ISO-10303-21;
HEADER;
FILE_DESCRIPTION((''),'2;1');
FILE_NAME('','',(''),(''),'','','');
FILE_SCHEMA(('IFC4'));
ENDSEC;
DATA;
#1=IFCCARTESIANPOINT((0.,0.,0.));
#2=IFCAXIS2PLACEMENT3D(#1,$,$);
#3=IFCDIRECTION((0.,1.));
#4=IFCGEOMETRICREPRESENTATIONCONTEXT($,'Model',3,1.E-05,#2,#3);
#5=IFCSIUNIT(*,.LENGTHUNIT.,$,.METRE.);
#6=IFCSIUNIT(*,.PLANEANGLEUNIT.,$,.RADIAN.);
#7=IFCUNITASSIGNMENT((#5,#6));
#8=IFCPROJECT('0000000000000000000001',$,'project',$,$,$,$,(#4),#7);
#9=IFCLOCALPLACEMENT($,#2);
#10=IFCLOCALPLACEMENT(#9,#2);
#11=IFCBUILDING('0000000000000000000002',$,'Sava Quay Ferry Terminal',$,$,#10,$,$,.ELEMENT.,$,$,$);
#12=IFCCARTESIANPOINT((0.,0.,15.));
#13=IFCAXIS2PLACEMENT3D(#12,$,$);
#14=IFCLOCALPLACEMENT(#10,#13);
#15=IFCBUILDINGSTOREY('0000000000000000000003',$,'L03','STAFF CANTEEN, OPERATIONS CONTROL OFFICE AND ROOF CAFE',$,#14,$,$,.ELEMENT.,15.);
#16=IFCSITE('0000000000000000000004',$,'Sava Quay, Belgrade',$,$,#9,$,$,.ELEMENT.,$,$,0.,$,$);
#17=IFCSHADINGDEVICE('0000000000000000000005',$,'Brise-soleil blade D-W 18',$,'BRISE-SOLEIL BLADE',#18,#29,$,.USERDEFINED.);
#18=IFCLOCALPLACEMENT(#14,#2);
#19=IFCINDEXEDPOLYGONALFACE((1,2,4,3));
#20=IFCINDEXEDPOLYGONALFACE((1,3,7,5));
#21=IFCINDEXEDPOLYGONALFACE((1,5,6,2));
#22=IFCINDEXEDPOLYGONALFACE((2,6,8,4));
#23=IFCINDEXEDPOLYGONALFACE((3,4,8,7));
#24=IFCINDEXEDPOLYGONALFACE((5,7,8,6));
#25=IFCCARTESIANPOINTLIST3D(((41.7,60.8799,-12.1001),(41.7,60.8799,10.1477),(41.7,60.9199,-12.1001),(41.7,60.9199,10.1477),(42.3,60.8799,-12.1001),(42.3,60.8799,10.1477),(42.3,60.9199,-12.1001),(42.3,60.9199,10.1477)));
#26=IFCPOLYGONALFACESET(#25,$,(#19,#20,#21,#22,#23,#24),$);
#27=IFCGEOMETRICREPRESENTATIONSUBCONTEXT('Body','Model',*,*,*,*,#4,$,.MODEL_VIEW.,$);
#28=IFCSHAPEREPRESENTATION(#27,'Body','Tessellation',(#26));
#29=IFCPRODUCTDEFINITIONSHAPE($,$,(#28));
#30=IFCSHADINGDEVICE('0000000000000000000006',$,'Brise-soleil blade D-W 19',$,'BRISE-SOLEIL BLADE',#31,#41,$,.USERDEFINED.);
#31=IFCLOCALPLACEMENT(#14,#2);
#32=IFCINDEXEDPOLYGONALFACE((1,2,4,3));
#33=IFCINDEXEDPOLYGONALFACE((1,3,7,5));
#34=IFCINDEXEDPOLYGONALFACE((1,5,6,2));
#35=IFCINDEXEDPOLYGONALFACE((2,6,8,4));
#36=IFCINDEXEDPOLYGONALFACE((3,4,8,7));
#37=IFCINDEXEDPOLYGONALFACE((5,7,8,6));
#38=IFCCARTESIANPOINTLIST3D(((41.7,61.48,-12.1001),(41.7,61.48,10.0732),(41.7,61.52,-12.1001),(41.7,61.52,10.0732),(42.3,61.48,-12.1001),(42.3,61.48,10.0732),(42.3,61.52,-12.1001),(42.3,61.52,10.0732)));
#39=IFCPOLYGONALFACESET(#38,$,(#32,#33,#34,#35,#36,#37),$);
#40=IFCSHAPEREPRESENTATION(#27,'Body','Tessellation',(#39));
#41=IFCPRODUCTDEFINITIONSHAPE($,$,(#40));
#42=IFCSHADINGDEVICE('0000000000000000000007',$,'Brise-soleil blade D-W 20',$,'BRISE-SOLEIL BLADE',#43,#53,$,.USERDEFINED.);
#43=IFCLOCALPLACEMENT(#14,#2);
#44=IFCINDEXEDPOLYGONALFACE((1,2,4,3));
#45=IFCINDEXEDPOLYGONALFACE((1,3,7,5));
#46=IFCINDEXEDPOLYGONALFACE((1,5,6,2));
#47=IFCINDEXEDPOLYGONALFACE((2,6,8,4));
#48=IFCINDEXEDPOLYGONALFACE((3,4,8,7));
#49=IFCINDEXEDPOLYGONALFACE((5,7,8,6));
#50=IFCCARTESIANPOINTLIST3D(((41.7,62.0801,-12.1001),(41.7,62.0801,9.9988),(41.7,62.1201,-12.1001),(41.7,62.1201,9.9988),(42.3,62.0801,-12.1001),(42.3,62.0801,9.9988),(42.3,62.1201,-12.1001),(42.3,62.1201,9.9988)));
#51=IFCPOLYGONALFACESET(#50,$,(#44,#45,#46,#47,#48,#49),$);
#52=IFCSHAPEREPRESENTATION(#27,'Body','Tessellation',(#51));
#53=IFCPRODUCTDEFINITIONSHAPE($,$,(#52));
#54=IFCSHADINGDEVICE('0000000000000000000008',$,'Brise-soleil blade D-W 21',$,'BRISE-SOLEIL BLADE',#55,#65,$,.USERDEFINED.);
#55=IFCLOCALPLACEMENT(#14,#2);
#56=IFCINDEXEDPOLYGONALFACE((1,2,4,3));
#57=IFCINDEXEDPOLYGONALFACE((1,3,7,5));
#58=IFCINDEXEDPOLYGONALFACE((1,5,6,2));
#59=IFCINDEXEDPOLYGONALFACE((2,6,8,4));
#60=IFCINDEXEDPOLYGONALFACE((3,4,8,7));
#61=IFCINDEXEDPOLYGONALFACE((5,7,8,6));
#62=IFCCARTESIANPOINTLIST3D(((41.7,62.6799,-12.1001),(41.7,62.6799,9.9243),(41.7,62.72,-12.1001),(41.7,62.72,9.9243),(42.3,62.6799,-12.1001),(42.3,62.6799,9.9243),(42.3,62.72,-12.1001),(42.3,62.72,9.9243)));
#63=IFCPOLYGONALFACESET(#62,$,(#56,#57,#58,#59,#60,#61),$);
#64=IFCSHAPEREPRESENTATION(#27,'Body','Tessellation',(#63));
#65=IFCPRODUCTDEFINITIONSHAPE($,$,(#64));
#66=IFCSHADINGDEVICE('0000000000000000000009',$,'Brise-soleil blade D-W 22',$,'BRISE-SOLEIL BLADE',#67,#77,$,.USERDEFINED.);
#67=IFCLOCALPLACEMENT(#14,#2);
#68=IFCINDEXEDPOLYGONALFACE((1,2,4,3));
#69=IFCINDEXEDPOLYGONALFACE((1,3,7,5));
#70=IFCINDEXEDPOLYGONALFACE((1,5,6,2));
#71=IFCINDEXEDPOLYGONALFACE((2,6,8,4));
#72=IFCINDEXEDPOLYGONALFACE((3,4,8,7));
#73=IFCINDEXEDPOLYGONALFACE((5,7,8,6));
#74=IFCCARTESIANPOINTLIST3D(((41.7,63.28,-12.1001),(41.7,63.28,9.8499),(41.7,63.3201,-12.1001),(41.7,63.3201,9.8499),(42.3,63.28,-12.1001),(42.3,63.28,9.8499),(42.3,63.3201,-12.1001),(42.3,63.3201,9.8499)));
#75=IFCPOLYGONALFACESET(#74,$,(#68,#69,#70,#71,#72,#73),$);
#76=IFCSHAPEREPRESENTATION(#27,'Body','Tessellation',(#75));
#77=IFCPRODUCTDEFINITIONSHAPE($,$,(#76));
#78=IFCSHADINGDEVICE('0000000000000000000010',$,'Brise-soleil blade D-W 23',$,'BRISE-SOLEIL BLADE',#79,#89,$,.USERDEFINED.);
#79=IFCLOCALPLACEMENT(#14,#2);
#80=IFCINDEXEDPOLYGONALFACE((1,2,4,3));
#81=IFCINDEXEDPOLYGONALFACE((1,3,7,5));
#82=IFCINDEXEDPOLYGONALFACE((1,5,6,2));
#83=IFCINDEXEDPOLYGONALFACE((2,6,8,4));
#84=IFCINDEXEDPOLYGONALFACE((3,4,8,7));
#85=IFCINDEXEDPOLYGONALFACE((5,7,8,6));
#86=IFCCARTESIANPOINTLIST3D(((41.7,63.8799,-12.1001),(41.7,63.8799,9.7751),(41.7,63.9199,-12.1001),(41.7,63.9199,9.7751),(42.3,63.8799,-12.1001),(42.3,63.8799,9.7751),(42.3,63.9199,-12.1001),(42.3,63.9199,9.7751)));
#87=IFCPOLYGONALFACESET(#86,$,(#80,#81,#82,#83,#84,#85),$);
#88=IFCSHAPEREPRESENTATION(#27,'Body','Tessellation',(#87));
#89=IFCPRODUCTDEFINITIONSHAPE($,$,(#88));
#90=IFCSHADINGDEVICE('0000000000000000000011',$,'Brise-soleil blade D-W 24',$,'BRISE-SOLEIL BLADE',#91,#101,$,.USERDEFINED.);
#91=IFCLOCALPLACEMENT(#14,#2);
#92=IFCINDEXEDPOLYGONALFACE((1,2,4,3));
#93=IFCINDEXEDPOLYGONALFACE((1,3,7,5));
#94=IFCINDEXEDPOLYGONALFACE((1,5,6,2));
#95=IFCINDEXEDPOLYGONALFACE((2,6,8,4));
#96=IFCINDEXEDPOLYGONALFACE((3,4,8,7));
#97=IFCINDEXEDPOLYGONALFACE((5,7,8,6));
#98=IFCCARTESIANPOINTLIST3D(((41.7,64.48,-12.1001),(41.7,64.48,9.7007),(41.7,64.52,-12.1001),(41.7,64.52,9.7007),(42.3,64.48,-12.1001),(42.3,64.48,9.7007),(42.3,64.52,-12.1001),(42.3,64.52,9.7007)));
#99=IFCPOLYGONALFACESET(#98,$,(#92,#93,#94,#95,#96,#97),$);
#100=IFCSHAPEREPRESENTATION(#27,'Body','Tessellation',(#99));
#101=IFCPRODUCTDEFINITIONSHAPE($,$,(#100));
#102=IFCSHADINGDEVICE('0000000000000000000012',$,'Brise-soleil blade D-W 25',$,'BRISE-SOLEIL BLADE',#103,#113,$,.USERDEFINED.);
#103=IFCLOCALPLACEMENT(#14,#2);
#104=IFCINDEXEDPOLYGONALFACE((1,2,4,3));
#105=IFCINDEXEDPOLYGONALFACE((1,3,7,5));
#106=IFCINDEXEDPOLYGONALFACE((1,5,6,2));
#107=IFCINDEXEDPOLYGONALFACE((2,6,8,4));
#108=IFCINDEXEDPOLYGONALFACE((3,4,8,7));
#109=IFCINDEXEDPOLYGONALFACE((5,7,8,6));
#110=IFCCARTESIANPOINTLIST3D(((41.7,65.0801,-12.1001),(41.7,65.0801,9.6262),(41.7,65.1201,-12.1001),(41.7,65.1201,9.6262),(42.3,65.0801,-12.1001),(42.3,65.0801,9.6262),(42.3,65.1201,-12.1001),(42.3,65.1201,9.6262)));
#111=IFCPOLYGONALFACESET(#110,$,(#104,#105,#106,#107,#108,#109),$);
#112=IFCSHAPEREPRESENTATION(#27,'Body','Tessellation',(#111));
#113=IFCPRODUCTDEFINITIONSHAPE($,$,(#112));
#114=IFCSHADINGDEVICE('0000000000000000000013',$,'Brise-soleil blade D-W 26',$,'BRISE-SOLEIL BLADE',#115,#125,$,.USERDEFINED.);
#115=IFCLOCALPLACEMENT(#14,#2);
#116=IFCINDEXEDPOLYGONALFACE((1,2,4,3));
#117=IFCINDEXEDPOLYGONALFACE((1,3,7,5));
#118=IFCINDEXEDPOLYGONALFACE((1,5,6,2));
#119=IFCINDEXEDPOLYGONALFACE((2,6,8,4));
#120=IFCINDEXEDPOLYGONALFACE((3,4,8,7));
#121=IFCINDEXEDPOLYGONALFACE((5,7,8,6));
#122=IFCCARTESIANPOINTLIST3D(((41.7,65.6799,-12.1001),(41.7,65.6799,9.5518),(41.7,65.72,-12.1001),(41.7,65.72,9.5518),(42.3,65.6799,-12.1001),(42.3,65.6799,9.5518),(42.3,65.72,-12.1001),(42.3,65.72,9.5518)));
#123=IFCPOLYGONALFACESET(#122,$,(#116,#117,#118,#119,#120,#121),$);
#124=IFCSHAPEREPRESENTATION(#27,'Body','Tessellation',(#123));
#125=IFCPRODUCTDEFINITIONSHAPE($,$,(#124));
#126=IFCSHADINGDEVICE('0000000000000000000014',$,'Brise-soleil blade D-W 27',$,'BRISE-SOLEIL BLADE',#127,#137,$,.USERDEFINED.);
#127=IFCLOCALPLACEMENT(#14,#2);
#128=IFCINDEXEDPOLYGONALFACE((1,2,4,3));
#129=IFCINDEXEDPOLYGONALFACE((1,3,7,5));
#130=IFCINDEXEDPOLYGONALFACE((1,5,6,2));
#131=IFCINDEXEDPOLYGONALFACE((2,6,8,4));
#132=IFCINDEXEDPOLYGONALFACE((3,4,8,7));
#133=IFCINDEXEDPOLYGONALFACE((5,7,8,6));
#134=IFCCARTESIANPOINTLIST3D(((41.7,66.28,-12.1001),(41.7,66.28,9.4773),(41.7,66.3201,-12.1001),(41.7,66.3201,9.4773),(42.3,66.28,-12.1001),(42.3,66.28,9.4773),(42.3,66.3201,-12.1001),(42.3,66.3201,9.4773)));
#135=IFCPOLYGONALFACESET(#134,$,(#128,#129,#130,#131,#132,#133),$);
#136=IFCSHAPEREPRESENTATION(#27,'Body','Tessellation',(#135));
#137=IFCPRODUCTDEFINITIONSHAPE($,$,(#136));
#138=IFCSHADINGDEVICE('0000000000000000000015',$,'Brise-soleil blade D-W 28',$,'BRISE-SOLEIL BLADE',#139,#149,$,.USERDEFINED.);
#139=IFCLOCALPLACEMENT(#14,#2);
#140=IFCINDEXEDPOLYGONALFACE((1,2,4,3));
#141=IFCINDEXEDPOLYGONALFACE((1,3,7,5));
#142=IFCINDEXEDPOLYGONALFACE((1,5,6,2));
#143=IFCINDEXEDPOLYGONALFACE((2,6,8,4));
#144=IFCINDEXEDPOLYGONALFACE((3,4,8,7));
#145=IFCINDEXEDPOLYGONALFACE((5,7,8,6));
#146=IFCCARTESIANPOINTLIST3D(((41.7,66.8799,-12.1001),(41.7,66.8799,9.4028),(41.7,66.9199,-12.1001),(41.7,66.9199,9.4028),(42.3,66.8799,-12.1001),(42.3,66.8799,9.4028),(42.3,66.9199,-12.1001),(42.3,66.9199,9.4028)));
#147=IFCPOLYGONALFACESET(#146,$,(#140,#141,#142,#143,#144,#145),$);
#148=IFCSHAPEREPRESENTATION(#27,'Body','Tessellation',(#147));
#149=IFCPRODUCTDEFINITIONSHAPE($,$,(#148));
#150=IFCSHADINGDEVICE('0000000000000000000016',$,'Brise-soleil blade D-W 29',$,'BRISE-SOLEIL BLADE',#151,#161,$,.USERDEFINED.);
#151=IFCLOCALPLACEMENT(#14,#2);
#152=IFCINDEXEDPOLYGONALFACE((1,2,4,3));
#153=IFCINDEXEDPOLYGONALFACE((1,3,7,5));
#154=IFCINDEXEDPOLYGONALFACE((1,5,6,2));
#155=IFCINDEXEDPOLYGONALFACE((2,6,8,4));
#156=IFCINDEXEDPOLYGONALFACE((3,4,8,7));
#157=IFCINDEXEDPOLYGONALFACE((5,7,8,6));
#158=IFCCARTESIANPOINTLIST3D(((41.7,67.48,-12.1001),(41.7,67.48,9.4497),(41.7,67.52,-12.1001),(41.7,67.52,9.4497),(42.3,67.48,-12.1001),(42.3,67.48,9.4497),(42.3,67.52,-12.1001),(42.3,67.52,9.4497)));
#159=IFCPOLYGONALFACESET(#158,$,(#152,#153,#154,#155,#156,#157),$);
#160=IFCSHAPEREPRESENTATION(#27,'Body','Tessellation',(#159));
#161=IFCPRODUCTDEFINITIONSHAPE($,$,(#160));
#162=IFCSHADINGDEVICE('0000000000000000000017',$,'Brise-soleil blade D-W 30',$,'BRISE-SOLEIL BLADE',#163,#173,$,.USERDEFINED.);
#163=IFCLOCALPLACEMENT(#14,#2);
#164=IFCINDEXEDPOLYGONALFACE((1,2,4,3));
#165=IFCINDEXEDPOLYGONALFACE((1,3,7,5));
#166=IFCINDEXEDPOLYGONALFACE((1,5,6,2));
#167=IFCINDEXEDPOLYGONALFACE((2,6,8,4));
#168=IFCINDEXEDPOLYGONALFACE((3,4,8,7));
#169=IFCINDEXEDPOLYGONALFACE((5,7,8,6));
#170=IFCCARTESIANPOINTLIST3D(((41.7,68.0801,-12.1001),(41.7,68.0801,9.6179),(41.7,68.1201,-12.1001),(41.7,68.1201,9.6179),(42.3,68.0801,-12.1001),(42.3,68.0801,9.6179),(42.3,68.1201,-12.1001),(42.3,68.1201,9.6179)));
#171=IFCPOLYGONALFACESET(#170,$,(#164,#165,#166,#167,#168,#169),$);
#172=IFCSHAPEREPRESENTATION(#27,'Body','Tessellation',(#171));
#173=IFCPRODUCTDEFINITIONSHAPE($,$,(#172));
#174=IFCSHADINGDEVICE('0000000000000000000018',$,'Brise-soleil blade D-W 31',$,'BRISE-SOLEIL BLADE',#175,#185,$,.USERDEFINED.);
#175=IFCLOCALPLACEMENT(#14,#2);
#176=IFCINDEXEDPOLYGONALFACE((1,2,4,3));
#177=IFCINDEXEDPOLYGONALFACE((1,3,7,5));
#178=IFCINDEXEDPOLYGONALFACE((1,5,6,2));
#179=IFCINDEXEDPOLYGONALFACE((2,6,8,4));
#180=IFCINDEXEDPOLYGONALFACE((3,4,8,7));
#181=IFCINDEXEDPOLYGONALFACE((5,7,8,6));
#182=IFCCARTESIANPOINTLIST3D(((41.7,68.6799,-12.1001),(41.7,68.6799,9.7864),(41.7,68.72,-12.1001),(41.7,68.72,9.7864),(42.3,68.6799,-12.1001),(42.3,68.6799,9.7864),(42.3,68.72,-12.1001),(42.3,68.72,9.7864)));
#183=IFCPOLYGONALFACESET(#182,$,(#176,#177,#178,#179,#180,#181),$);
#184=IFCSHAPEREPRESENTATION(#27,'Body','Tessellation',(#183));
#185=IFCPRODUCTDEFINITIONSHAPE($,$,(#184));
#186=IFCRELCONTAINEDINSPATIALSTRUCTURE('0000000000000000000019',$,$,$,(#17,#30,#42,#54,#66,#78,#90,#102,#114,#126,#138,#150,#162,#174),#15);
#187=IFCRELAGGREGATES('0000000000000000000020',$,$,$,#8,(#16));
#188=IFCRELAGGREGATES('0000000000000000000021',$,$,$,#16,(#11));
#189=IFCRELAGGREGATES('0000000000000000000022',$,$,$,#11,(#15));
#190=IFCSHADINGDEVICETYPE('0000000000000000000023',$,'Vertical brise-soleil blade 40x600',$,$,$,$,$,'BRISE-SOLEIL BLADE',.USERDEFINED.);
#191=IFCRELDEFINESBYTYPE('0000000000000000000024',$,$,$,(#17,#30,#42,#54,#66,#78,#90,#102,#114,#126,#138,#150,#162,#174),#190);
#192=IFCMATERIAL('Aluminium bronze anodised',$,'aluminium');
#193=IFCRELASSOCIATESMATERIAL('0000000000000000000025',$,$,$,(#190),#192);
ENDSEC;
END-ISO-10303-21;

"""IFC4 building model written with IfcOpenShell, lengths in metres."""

from ifc_helpers import new_model, si_unit, direction, frame, origin, origin_2d, place, context, subcontext, project, spatial, rectangle, extrude, material, material_profile, profile_set, type_object, element, save


model = new_model("IFC4")

# Units and contexts
model_context = context("Model", 3, precision=1e-05, world=origin(), true_north=direction((0.0, 1.0)))
body_context = subcontext(model_context, "Body", "Model", "MODEL_VIEW")
ifc_project = project(units=[si_unit("LENGTHUNIT", "METRE"), si_unit("PLANEANGLEUNIT", "RADIAN")], contexts=[model_context])

# Site, building, storey
site_placement = place(None, origin())
site = spatial("IfcSite", under=ifc_project, at=site_placement, Name="Sava Quay, Belgrade", CompositionType="ELEMENT", RefElevation=0.0)
building_placement = place(site_placement, origin())
building = spatial("IfcBuilding", under=site, at=building_placement, Name="Sava Quay Ferry Terminal", CompositionType="ELEMENT")
storey_placement = place(building_placement, frame((0.0, 0.0, 15.0)))
storey = spatial("IfcBuildingStorey", under=building, at=storey_placement, Name="L03", Description="STAFF CANTEEN, OPERATIONS CONTROL OFFICE AND ROOF CAFE", CompositionType="ELEMENT", Elevation=15.0)

# Shading devices
ifc_material_1 = material(Name="Aluminium bronze anodised", Category="aluminium")
ifc_material_profile_1 = material_profile(ifc_material_1, rectangle(XDim=0.04, YDim=0.6001, at=origin_2d()), Name="Vertical brise-soleil blade 40x600")
ifc_profile_set_1 = profile_set([ifc_material_profile_1], Name="Aluminium bronze anodised")
shading_device_type = type_object("IfcShadingDeviceType", Name="Vertical brise-soleil blade 40x600", ElementType="BRISE-SOLEIL BLADE", PredefinedType="USERDEFINED", material=ifc_profile_set_1)
shading_device_1_placement = place(storey_placement, frame((42.0, 60.8999, -12.1001), z_axis=(0.0, 0.0, 1.0), x_axis=(0.0, 1.0, 0.0)))
element("IfcShadingDevice", 1, at=shading_device_1_placement, inside=storey, type_object=shading_device_type, Name="Brise-soleil blade D-W 18", ObjectType="BRISE-SOLEIL BLADE", PredefinedType="USERDEFINED", context=body_context, shape_type="SweptSolid", body=[
    extrude(rectangle(XDim=0.04, YDim=0.6001, at=origin_2d()), origin(), (0.0, 0.0, 1.0), 22.2478),
])
shading_device_2_placement = place(storey_placement, frame((42.0, 61.5, -12.1001), z_axis=(0.0, 0.0, 1.0), x_axis=(0.0, 1.0, 0.0)))
element("IfcShadingDevice", 2, at=shading_device_2_placement, inside=storey, type_object=shading_device_type, Name="Brise-soleil blade D-W 19", ObjectType="BRISE-SOLEIL BLADE", PredefinedType="USERDEFINED", context=body_context, shape_type="SweptSolid", body=[
    extrude(rectangle(XDim=0.04, YDim=0.6001, at=origin_2d()), origin(), (0.0, 0.0, 1.0), 22.1733),
])
shading_device_3_placement = place(storey_placement, frame((42.0, 62.1001, -12.1001), z_axis=(0.0, 0.0, 1.0), x_axis=(0.0, 1.0, 0.0)))
element("IfcShadingDevice", 3, at=shading_device_3_placement, inside=storey, type_object=shading_device_type, Name="Brise-soleil blade D-W 20", ObjectType="BRISE-SOLEIL BLADE", PredefinedType="USERDEFINED", context=body_context, shape_type="SweptSolid", body=[
    extrude(rectangle(XDim=0.04, YDim=0.6001, at=origin_2d()), origin(), (0.0, 0.0, 1.0), 22.0989),
])
shading_device_4_placement = place(storey_placement, frame((42.0, 62.7, -12.1001), z_axis=(0.0, 0.0, 1.0), x_axis=(0.0, 1.0, 0.0)))
element("IfcShadingDevice", 4, at=shading_device_4_placement, inside=storey, type_object=shading_device_type, Name="Brise-soleil blade D-W 21", ObjectType="BRISE-SOLEIL BLADE", PredefinedType="USERDEFINED", context=body_context, shape_type="SweptSolid", body=[
    extrude(rectangle(XDim=0.04, YDim=0.6001, at=origin_2d()), origin(), (0.0, 0.0, 1.0), 22.0244),
])
shading_device_5_placement = place(storey_placement, frame((42.0, 63.3, -12.1001), z_axis=(0.0, 0.0, 1.0), x_axis=(0.0, 1.0, 0.0)))
element("IfcShadingDevice", 5, at=shading_device_5_placement, inside=storey, type_object=shading_device_type, Name="Brise-soleil blade D-W 22", ObjectType="BRISE-SOLEIL BLADE", PredefinedType="USERDEFINED", context=body_context, shape_type="SweptSolid", body=[
    extrude(rectangle(XDim=0.04, YDim=0.6001, at=origin_2d()), origin(), (0.0, 0.0, 1.0), 21.95),
])
shading_device_6_placement = place(storey_placement, frame((42.0, 63.8999, -12.1001), z_axis=(0.0, 0.0, 1.0), x_axis=(0.0, 1.0, 0.0)))
element("IfcShadingDevice", 6, at=shading_device_6_placement, inside=storey, type_object=shading_device_type, Name="Brise-soleil blade D-W 23", ObjectType="BRISE-SOLEIL BLADE", PredefinedType="USERDEFINED", context=body_context, shape_type="SweptSolid", body=[
    extrude(rectangle(XDim=0.04, YDim=0.6001, at=origin_2d()), origin(), (0.0, 0.0, 1.0), 21.8752),
])
shading_device_7_placement = place(storey_placement, frame((42.0, 64.5, -12.1001), z_axis=(0.0, 0.0, 1.0), x_axis=(0.0, 1.0, 0.0)))
element("IfcShadingDevice", 7, at=shading_device_7_placement, inside=storey, type_object=shading_device_type, Name="Brise-soleil blade D-W 24", ObjectType="BRISE-SOLEIL BLADE", PredefinedType="USERDEFINED", context=body_context, shape_type="SweptSolid", body=[
    extrude(rectangle(XDim=0.04, YDim=0.6001, at=origin_2d()), origin(), (0.0, 0.0, 1.0), 21.8008),
])
shading_device_8_placement = place(storey_placement, frame((42.0, 65.1001, -12.1001), z_axis=(0.0, 0.0, 1.0), x_axis=(0.0, 1.0, 0.0)))
element("IfcShadingDevice", 8, at=shading_device_8_placement, inside=storey, type_object=shading_device_type, Name="Brise-soleil blade D-W 25", ObjectType="BRISE-SOLEIL BLADE", PredefinedType="USERDEFINED", context=body_context, shape_type="SweptSolid", body=[
    extrude(rectangle(XDim=0.04, YDim=0.6001, at=origin_2d()), origin(), (0.0, 0.0, 1.0), 21.7263),
])
shading_device_9_placement = place(storey_placement, frame((42.0, 65.7, -12.1001), z_axis=(0.0, 0.0, 1.0), x_axis=(0.0, 1.0, 0.0)))
element("IfcShadingDevice", 9, at=shading_device_9_placement, inside=storey, type_object=shading_device_type, Name="Brise-soleil blade D-W 26", ObjectType="BRISE-SOLEIL BLADE", PredefinedType="USERDEFINED", context=body_context, shape_type="SweptSolid", body=[
    extrude(rectangle(XDim=0.04, YDim=0.6001, at=origin_2d()), origin(), (0.0, 0.0, 1.0), 21.6519),
])
shading_device_10_placement = place(storey_placement, frame((42.0, 66.3, -12.1001), z_axis=(0.0, 0.0, 1.0), x_axis=(0.0, 1.0, 0.0)))
element("IfcShadingDevice", 10, at=shading_device_10_placement, inside=storey, type_object=shading_device_type, Name="Brise-soleil blade D-W 27", ObjectType="BRISE-SOLEIL BLADE", PredefinedType="USERDEFINED", context=body_context, shape_type="SweptSolid", body=[
    extrude(rectangle(XDim=0.04, YDim=0.6001, at=origin_2d()), origin(), (0.0, 0.0, 1.0), 21.5774),
])
shading_device_11_placement = place(storey_placement, frame((42.0, 66.8999, -12.1001), z_axis=(0.0, 0.0, 1.0), x_axis=(0.0, 1.0, 0.0)))
element("IfcShadingDevice", 11, at=shading_device_11_placement, inside=storey, type_object=shading_device_type, Name="Brise-soleil blade D-W 28", ObjectType="BRISE-SOLEIL BLADE", PredefinedType="USERDEFINED", context=body_context, shape_type="SweptSolid", body=[
    extrude(rectangle(XDim=0.04, YDim=0.6001, at=origin_2d()), origin(), (0.0, 0.0, 1.0), 21.5029),
])
shading_device_12_placement = place(storey_placement, frame((42.0, 67.5, -12.1001), z_axis=(0.0, 0.0, 1.0), x_axis=(0.0, 1.0, 0.0)))
element("IfcShadingDevice", 12, at=shading_device_12_placement, inside=storey, type_object=shading_device_type, Name="Brise-soleil blade D-W 29", ObjectType="BRISE-SOLEIL BLADE", PredefinedType="USERDEFINED", context=body_context, shape_type="SweptSolid", body=[
    extrude(rectangle(XDim=0.04, YDim=0.6001, at=origin_2d()), origin(), (0.0, 0.0, 1.0), 21.5498),
])
shading_device_13_placement = place(storey_placement, frame((42.0, 68.1001, -12.1001), z_axis=(0.0, 0.0, 1.0), x_axis=(0.0, 1.0, 0.0)))
element("IfcShadingDevice", 13, at=shading_device_13_placement, inside=storey, type_object=shading_device_type, Name="Brise-soleil blade D-W 30", ObjectType="BRISE-SOLEIL BLADE", PredefinedType="USERDEFINED", context=body_context, shape_type="SweptSolid", body=[
    extrude(rectangle(XDim=0.04, YDim=0.6001, at=origin_2d()), origin(), (0.0, 0.0, 1.0), 21.718),
])
shading_device_14_placement = place(storey_placement, frame((42.0, 68.7, -12.1001), z_axis=(0.0, 0.0, 1.0), x_axis=(0.0, 1.0, 0.0)))
element("IfcShadingDevice", 14, at=shading_device_14_placement, inside=storey, type_object=shading_device_type, Name="Brise-soleil blade D-W 31", ObjectType="BRISE-SOLEIL BLADE", PredefinedType="USERDEFINED", context=body_context, shape_type="SweptSolid", body=[
    extrude(rectangle(XDim=0.04, YDim=0.6001, at=origin_2d()), origin(), (0.0, 0.0, 1.0), 21.8865),
])

save(model, "model.ifc")
